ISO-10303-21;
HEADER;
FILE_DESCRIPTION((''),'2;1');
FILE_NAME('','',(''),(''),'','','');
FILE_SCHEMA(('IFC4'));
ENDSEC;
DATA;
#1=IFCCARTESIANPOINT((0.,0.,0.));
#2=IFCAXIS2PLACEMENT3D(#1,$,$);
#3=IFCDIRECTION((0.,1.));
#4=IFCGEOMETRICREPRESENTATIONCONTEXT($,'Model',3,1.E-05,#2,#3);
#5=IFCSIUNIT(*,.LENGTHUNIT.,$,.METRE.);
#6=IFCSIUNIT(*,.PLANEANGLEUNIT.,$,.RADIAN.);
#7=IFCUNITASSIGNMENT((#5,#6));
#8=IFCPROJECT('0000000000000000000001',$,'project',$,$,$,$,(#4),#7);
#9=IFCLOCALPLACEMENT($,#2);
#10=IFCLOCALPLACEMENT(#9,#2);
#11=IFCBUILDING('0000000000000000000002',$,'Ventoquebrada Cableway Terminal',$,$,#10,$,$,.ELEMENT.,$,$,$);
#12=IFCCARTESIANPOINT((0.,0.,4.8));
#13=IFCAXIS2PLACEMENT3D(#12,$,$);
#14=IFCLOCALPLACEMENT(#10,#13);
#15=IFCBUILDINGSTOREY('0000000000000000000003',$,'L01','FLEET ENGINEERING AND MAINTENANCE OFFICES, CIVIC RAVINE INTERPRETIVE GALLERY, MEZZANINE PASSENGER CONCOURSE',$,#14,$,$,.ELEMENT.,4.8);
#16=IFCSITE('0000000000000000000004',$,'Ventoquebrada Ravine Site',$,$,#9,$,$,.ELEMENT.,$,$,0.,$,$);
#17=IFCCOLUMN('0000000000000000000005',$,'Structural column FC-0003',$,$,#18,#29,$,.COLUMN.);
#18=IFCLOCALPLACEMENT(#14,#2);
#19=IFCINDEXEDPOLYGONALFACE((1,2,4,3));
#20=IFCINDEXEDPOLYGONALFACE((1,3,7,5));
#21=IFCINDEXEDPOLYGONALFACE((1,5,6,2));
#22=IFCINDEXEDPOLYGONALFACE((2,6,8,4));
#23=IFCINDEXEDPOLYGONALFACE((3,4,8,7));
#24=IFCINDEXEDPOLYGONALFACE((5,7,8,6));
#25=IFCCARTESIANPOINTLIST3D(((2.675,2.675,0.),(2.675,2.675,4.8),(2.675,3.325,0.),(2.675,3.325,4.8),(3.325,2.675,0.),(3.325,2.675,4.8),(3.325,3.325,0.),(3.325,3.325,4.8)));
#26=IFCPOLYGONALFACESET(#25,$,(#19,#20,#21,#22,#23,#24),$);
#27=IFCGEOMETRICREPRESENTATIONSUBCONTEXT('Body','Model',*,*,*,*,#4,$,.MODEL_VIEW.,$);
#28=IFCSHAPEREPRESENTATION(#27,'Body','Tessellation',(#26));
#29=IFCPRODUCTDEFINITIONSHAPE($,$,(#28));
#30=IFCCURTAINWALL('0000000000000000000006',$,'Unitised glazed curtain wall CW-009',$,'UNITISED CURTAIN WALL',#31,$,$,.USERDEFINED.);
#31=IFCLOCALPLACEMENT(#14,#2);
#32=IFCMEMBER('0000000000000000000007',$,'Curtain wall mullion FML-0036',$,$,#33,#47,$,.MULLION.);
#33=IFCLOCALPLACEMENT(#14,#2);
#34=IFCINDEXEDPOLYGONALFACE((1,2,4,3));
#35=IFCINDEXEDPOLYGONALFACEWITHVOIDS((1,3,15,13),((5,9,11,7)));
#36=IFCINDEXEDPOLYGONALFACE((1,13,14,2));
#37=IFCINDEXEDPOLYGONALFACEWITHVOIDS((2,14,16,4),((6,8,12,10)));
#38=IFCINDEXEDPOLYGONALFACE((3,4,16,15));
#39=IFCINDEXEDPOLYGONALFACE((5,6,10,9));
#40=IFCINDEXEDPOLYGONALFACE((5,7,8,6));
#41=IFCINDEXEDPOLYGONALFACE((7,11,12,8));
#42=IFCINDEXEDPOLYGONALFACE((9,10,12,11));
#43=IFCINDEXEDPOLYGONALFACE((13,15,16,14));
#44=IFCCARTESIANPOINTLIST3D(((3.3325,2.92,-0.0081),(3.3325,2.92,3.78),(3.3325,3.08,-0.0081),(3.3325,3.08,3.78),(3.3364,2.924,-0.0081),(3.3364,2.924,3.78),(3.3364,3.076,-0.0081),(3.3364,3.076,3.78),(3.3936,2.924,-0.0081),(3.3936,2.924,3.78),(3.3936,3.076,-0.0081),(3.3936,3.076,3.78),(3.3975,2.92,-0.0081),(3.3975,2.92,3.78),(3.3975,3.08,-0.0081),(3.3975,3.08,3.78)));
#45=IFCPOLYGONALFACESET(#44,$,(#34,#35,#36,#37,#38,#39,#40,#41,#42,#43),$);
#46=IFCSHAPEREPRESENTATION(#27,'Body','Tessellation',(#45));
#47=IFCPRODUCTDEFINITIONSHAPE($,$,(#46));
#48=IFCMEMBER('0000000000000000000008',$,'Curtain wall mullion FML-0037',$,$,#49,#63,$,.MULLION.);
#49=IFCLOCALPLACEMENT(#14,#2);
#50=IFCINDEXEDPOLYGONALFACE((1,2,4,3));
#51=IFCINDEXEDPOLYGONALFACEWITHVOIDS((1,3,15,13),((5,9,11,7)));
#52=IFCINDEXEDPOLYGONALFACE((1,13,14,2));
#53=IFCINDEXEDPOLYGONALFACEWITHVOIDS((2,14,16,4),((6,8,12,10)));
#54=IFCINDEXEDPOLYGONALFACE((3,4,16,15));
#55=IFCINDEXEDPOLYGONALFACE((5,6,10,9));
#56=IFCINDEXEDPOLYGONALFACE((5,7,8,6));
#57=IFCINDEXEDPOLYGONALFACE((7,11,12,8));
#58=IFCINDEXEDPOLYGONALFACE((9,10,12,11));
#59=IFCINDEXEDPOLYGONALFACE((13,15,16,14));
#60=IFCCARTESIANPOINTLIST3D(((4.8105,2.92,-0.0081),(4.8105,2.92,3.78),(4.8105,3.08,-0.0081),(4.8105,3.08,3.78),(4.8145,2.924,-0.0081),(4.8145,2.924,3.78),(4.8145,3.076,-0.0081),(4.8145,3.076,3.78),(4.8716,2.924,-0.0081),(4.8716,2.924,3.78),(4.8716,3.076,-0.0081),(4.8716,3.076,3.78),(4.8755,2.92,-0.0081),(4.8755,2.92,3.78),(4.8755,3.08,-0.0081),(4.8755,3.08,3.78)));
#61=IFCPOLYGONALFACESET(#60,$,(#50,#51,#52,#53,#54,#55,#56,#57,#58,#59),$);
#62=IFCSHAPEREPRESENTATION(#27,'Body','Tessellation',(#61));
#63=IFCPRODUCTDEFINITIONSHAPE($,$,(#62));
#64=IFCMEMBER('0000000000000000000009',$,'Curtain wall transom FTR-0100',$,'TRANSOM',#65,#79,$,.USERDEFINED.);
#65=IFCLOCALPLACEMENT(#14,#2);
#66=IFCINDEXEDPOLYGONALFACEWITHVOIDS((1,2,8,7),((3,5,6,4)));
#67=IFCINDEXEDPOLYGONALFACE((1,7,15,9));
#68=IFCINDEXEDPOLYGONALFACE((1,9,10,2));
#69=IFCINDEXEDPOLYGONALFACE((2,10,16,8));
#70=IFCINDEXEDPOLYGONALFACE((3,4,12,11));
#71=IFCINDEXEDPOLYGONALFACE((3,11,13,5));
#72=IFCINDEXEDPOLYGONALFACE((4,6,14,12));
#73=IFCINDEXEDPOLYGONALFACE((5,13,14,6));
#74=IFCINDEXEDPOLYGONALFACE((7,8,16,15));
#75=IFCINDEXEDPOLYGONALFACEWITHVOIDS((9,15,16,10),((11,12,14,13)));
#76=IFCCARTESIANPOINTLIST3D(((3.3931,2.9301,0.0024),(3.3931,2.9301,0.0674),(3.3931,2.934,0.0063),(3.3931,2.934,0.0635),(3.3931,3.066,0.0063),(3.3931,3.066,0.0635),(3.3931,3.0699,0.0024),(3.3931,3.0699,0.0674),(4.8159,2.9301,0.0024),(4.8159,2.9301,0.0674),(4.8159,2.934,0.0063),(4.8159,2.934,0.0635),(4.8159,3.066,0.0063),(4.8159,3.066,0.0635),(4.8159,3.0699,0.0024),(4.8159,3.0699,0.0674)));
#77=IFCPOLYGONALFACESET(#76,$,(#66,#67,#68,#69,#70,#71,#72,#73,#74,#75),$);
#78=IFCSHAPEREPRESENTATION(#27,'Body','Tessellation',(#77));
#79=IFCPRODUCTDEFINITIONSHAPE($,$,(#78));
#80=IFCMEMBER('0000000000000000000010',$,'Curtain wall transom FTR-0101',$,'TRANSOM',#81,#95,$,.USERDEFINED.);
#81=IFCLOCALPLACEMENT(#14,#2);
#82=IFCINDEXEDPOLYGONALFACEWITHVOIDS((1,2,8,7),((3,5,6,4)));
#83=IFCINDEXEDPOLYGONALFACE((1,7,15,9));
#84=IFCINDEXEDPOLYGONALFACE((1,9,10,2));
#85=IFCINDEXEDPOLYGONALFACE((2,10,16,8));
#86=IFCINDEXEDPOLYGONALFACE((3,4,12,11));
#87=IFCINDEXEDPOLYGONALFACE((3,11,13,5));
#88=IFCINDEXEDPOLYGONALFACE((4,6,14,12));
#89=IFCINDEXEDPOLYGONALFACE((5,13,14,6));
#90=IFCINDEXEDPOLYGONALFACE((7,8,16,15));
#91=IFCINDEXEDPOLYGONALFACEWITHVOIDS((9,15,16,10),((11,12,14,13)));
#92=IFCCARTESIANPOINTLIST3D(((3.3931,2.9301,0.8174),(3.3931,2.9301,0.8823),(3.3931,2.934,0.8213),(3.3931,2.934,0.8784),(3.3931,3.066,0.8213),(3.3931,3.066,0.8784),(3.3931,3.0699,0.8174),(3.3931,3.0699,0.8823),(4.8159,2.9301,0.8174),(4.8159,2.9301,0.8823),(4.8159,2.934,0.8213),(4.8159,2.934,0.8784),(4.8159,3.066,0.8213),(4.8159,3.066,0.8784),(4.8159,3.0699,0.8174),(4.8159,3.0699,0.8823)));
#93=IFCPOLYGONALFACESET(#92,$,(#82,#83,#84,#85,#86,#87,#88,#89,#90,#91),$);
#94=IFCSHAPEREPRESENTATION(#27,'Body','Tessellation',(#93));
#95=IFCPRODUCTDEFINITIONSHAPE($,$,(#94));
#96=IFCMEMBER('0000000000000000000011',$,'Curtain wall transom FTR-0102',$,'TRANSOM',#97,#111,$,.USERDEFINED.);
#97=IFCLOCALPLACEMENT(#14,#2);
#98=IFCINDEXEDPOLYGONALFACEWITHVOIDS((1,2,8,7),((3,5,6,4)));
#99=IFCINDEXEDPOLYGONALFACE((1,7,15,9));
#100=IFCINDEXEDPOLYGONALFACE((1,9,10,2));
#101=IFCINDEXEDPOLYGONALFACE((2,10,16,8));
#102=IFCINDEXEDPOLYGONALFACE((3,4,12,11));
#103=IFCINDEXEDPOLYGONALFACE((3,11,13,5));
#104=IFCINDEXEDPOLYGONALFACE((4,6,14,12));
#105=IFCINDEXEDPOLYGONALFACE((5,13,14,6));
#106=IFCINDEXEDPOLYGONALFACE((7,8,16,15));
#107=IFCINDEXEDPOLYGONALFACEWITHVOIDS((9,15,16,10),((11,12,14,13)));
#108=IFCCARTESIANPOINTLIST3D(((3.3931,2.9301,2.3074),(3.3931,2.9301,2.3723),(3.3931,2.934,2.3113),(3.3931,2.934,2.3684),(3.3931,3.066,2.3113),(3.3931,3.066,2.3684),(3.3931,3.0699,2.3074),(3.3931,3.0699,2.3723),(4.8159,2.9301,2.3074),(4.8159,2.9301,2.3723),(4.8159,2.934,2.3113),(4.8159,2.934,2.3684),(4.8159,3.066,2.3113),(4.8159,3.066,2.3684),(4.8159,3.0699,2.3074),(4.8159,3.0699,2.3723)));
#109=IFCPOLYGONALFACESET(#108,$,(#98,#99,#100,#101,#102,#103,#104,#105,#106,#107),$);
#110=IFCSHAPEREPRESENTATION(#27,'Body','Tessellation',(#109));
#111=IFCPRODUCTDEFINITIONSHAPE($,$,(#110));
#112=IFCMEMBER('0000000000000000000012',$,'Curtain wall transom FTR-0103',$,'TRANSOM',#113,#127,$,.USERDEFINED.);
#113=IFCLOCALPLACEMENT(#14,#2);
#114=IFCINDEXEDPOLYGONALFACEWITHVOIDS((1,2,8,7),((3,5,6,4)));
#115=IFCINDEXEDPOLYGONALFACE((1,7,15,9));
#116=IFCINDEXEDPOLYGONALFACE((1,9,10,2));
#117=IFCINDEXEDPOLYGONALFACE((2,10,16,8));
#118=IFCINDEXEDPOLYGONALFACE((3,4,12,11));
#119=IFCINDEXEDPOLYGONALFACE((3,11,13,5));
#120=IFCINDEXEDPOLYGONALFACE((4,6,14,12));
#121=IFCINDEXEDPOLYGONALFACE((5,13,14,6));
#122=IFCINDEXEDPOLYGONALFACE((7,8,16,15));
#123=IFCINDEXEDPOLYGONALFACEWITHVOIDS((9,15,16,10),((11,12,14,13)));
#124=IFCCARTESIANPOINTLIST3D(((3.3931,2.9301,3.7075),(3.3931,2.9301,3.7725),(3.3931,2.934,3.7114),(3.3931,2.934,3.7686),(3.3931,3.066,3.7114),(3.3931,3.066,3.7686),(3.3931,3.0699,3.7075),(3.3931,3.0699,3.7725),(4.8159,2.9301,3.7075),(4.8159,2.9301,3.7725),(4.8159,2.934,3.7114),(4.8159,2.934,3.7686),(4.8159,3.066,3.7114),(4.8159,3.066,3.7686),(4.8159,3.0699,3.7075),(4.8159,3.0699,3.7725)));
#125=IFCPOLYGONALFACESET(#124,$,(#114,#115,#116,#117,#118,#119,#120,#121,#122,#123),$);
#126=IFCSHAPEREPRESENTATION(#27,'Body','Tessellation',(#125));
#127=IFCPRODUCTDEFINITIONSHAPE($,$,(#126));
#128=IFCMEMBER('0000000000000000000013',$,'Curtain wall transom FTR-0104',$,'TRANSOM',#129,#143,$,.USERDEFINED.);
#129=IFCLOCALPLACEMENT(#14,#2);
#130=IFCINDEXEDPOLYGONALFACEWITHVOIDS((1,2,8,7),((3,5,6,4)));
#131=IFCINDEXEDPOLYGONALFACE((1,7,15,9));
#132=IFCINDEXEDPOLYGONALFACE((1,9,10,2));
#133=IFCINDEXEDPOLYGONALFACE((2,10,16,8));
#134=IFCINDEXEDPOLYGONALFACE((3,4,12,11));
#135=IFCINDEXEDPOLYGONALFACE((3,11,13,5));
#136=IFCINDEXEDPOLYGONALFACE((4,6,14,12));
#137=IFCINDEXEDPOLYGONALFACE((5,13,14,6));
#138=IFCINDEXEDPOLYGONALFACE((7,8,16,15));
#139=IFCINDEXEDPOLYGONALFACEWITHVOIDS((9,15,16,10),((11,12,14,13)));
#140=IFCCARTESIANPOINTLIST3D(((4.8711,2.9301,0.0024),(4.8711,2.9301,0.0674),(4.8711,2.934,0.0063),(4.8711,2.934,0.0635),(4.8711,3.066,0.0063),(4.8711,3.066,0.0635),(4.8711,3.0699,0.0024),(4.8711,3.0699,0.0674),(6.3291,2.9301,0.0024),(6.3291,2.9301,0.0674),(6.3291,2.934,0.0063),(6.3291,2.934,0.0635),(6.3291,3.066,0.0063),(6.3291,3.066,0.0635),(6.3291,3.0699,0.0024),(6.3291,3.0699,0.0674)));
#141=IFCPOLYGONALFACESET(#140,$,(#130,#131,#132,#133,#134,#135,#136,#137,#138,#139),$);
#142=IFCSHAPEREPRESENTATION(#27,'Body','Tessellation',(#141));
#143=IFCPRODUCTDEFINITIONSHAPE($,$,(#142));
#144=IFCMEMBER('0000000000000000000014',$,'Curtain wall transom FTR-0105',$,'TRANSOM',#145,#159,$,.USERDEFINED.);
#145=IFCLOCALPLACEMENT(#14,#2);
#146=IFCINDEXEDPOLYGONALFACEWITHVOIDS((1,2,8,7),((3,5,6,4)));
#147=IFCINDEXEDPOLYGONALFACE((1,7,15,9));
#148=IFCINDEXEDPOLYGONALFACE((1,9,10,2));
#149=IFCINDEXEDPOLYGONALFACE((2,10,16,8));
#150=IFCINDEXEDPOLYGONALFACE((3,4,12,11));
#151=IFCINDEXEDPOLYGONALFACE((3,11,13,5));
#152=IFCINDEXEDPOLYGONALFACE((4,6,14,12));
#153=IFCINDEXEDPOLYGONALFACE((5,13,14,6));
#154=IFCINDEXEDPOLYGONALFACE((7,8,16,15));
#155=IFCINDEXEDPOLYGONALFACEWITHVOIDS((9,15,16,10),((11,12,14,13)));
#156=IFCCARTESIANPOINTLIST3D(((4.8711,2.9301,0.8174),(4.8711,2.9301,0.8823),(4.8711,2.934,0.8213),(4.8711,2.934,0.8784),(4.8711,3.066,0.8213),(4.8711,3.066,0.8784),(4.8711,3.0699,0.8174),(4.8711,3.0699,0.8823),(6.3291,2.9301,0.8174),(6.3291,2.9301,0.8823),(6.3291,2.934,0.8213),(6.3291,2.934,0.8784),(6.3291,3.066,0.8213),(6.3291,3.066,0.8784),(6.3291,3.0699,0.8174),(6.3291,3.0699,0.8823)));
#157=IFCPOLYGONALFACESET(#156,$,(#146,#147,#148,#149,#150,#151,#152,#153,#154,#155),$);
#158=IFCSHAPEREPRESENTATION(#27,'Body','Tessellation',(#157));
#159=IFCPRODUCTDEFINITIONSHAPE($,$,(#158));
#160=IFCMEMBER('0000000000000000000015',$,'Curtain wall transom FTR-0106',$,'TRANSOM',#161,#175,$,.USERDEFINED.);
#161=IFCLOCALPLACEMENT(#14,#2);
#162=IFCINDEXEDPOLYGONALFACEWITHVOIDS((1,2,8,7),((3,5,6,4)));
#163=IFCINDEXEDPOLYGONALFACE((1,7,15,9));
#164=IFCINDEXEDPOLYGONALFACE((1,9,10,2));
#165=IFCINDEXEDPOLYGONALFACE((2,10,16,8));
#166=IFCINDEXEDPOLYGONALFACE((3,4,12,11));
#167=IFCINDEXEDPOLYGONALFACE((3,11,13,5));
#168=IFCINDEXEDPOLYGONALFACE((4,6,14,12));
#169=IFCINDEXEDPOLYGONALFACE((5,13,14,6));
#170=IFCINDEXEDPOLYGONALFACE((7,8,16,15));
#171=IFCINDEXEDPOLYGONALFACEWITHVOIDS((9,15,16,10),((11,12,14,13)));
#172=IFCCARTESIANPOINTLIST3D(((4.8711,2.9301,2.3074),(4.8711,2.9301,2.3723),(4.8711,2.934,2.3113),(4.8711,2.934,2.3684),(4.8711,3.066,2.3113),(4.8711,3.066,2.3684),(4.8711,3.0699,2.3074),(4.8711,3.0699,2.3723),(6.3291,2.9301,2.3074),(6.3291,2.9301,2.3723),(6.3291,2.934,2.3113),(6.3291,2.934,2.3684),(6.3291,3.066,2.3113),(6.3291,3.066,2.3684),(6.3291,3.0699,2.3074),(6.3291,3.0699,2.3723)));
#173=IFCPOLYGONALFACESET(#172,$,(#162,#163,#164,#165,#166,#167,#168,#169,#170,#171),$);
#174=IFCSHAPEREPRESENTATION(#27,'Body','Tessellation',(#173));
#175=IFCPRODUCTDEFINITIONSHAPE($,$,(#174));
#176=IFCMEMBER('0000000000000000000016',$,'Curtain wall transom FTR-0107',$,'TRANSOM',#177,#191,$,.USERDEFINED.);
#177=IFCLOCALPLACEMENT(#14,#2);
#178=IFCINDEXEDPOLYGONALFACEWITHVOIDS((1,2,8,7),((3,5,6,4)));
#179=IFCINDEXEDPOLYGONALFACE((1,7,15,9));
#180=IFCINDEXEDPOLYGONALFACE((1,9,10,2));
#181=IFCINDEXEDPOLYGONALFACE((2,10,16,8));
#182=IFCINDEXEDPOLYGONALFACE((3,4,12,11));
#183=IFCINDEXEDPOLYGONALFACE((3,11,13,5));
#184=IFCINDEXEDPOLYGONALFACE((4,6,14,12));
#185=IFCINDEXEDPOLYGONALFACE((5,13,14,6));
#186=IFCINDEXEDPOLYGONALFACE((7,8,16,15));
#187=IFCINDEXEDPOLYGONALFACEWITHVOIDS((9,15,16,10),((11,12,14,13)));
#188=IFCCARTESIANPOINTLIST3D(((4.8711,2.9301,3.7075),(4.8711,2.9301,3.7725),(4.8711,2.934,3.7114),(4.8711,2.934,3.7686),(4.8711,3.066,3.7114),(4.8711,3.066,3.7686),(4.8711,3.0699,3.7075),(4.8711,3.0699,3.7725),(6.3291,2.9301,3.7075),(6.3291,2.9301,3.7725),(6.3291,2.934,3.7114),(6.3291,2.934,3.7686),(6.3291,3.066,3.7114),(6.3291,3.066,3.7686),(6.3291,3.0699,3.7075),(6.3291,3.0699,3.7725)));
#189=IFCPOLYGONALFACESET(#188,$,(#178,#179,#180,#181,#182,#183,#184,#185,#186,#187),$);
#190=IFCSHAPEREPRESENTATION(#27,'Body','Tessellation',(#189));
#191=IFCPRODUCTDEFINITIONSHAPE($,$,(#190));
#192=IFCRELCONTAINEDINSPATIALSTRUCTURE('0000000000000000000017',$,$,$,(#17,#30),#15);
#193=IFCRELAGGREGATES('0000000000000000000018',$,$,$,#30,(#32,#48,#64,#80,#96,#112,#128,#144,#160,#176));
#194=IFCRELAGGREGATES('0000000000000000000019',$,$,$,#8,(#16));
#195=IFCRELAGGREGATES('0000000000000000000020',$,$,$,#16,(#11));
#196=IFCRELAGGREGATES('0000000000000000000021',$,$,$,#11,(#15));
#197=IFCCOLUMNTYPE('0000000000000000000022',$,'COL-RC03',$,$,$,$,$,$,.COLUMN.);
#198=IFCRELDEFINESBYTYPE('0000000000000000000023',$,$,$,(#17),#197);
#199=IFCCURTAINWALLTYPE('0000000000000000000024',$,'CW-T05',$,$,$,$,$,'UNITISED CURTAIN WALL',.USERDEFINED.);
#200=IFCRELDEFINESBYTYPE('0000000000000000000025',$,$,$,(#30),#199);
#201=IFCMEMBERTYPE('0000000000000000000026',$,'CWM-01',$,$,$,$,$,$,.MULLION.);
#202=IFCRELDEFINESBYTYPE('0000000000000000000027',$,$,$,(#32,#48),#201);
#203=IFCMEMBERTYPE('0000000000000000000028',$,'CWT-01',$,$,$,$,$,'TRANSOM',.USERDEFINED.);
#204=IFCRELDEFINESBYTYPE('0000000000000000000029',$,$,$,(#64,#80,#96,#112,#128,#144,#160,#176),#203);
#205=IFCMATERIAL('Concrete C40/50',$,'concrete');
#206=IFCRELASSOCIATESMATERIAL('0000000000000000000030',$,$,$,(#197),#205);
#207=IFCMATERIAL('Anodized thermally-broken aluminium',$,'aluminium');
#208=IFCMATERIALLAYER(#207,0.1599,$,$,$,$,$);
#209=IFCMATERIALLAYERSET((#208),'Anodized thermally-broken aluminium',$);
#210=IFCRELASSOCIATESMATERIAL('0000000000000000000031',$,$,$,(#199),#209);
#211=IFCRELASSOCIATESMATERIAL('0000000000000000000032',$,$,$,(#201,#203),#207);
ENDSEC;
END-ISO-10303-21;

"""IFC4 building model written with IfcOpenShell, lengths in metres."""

from ifc_helpers import new_model, si_unit, direction, frame, origin, origin_2d, place, context, subcontext, project, spatial, rectangle, hollow_rectangle, extrude, material, layer, layer_set, material_profile, profile_set, type_object, element, aggregate, save


model = new_model("IFC4")

# Units and contexts
model_context = context("Model", 3, precision=1e-05, world=origin(), true_north=direction((0.0, 1.0)))
body_context = subcontext(model_context, "Body", "Model", "MODEL_VIEW")
ifc_project = project(units=[si_unit("LENGTHUNIT", "METRE"), si_unit("PLANEANGLEUNIT", "RADIAN")], contexts=[model_context])

# Site, building, storey
site_placement = place(None, origin())
site = spatial("IfcSite", under=ifc_project, at=site_placement, Name="Ventoquebrada Ravine Site", CompositionType="ELEMENT", RefElevation=0.0)
building_placement = place(site_placement, origin())
building = spatial("IfcBuilding", under=site, at=building_placement, Name="Ventoquebrada Cableway Terminal", CompositionType="ELEMENT")
storey_placement = place(building_placement, frame((0.0, 0.0, 4.8)))
storey = spatial("IfcBuildingStorey", under=building, at=storey_placement, Name="L01", Description="FLEET ENGINEERING AND MAINTENANCE OFFICES, CIVIC RAVINE INTERPRETIVE GALLERY, MEZZANINE PASSENGER CONCOURSE", CompositionType="ELEMENT", Elevation=4.8)

# Column
ifc_material_1 = material(Name="Concrete C40/50", Category="concrete")
ifc_material_profile_1 = material_profile(ifc_material_1, rectangle(XDim=0.6499, YDim=0.6499, at=origin_2d()), Name="RC-COL-650X650")
ifc_profile_set_1 = profile_set([ifc_material_profile_1], Name="Concrete C40/50")
column_type = type_object("IfcColumnType", Name="COL-RC03", PredefinedType="COLUMN", material=ifc_profile_set_1)
column_placement = place(storey_placement, frame((3.0, 3.0, 0.0), z_axis=(0.0, 0.0, 1.0), x_axis=(1.0, 0.0, 0.0)))
element("IfcColumn", 1, at=column_placement, inside=storey, type_object=column_type, Name="Structural column FC-0003", PredefinedType="COLUMN", context=body_context, shape_type="SweptSolid", body=[
    extrude(rectangle(XDim=0.6499, YDim=0.6499, at=origin_2d()), origin(), (0.0, 0.0, 1.0), 4.8),
])

# Curtain wall, members
ifc_material_2 = material(Name="Anodized thermally-broken aluminium", Category="aluminium")
ifc_layer_1 = layer(ifc_material_2, 0.1599)
ifc_layer_set_1 = layer_set([ifc_layer_1], Name="Anodized thermally-broken aluminium")
curtain_wall_type = type_object("IfcCurtainWallType", Name="CW-T05", ElementType="UNITISED CURTAIN WALL", PredefinedType="USERDEFINED", material=ifc_layer_set_1)
curtain_wall_placement = place(storey_placement, origin())
curtain_wall = element("IfcCurtainWall", 2, at=curtain_wall_placement, inside=storey, type_object=curtain_wall_type, Name="Unitised glazed curtain wall CW-009", ObjectType="UNITISED CURTAIN WALL", PredefinedType="USERDEFINED")
ifc_material_profile_2 = material_profile(ifc_material_2, hollow_rectangle(XDim=0.0649, YDim=0.1599, WallThickness=0.0039, at=origin_2d()), Name="CW-MUL-65X160")
ifc_profile_set_2 = profile_set([ifc_material_profile_2], Name="Anodized thermally-broken aluminium")
member_type_1 = type_object("IfcMemberType", Name="CWM-01", PredefinedType="MULLION", material=ifc_profile_set_2)
member_1_placement = place(storey_placement, frame((3.365, 3.0, -0.0081), z_axis=(0.0, 0.0, 1.0), x_axis=(1.0, 0.0, 0.0)))
member_1 = element("IfcMember", 3, at=member_1_placement, type_object=member_type_1, Name="Curtain wall mullion FML-0036", PredefinedType="MULLION", context=body_context, shape_type="SweptSolid", body=[
    extrude(hollow_rectangle(XDim=0.0649, YDim=0.1599, WallThickness=0.0039, at=origin_2d()), origin(), (0.0, 0.0, 1.0), 3.7881),
])
member_2_placement = place(storey_placement, frame((4.843, 3.0, -0.0081), z_axis=(0.0, 0.0, 1.0), x_axis=(1.0, 0.0, 0.0)))
member_2 = element("IfcMember", 4, at=member_2_placement, type_object=member_type_1, Name="Curtain wall mullion FML-0037", PredefinedType="MULLION", context=body_context, shape_type="SweptSolid", body=[
    extrude(hollow_rectangle(XDim=0.0649, YDim=0.1599, WallThickness=0.0039, at=origin_2d()), origin(), (0.0, 0.0, 1.0), 3.7881),
])
ifc_material_profile_3 = material_profile(ifc_material_2, hollow_rectangle(XDim=0.0649, YDim=0.1399, WallThickness=0.0039, at=origin_2d()), Name="CW-TRN-65X140")
ifc_profile_set_3 = profile_set([ifc_material_profile_3], Name="Anodized thermally-broken aluminium")
member_type_2 = type_object("IfcMemberType", Name="CWT-01", ElementType="TRANSOM", PredefinedType="USERDEFINED", material=ifc_profile_set_3)
member_3_placement = place(storey_placement, frame((3.3931, 3.0, 0.0349), z_axis=(1.0, 0.0, 0.0), x_axis=(0.0, 0.0, 1.0)))
member_3 = element("IfcMember", 5, at=member_3_placement, type_object=member_type_2, Name="Curtain wall transom FTR-0100", ObjectType="TRANSOM", PredefinedType="USERDEFINED", context=body_context, shape_type="SweptSolid", body=[
    extrude(hollow_rectangle(XDim=0.0649, YDim=0.1399, WallThickness=0.0039, at=origin_2d()), origin(), (0.0, 0.0, 1.0), 1.4229),
])
member_4_placement = place(storey_placement, frame((3.3931, 3.0, 0.8499), z_axis=(1.0, 0.0, 0.0), x_axis=(0.0, 0.0, 1.0)))
member_4 = element("IfcMember", 6, at=member_4_placement, type_object=member_type_2, Name="Curtain wall transom FTR-0101", ObjectType="TRANSOM", PredefinedType="USERDEFINED", context=body_context, shape_type="SweptSolid", body=[
    extrude(hollow_rectangle(XDim=0.0649, YDim=0.1399, WallThickness=0.0039, at=origin_2d()), origin(), (0.0, 0.0, 1.0), 1.4229),
])
member_5_placement = place(storey_placement, frame((3.3931, 3.0, 2.3398), z_axis=(1.0, 0.0, 0.0), x_axis=(0.0, 0.0, 1.0)))
member_5 = element("IfcMember", 7, at=member_5_placement, type_object=member_type_2, Name="Curtain wall transom FTR-0102", ObjectType="TRANSOM", PredefinedType="USERDEFINED", context=body_context, shape_type="SweptSolid", body=[
    extrude(hollow_rectangle(XDim=0.0649, YDim=0.1399, WallThickness=0.0039, at=origin_2d()), origin(), (0.0, 0.0, 1.0), 1.4229),
])
member_6_placement = place(storey_placement, frame((3.3931, 3.0, 3.74), z_axis=(1.0, 0.0, 0.0), x_axis=(0.0, 0.0, 1.0)))
member_6 = element("IfcMember", 8, at=member_6_placement, type_object=member_type_2, Name="Curtain wall transom FTR-0103", ObjectType="TRANSOM", PredefinedType="USERDEFINED", context=body_context, shape_type="SweptSolid", body=[
    extrude(hollow_rectangle(XDim=0.0649, YDim=0.1399, WallThickness=0.0039, at=origin_2d()), origin(), (0.0, 0.0, 1.0), 1.4229),
])
member_7_placement = place(storey_placement, frame((4.8711, 3.0, 0.0349), z_axis=(1.0, 0.0, 0.0), x_axis=(0.0, 0.0, 1.0)))
member_7 = element("IfcMember", 9, at=member_7_placement, type_object=member_type_2, Name="Curtain wall transom FTR-0104", ObjectType="TRANSOM", PredefinedType="USERDEFINED", context=body_context, shape_type="SweptSolid", body=[
    extrude(hollow_rectangle(XDim=0.0649, YDim=0.1399, WallThickness=0.0039, at=origin_2d()), origin(), (0.0, 0.0, 1.0), 1.458),
])
member_8_placement = place(storey_placement, frame((4.8711, 3.0, 0.8499), z_axis=(1.0, 0.0, 0.0), x_axis=(0.0, 0.0, 1.0)))
member_8 = element("IfcMember", 10, at=member_8_placement, type_object=member_type_2, Name="Curtain wall transom FTR-0105", ObjectType="TRANSOM", PredefinedType="USERDEFINED", context=body_context, shape_type="SweptSolid", body=[
    extrude(hollow_rectangle(XDim=0.0649, YDim=0.1399, WallThickness=0.0039, at=origin_2d()), origin(), (0.0, 0.0, 1.0), 1.458),
])
member_9_placement = place(storey_placement, frame((4.8711, 3.0, 2.3398), z_axis=(1.0, 0.0, 0.0), x_axis=(0.0, 0.0, 1.0)))
member_9 = element("IfcMember", 11, at=member_9_placement, type_object=member_type_2, Name="Curtain wall transom FTR-0106", ObjectType="TRANSOM", PredefinedType="USERDEFINED", context=body_context, shape_type="SweptSolid", body=[
    extrude(hollow_rectangle(XDim=0.0649, YDim=0.1399, WallThickness=0.0039, at=origin_2d()), origin(), (0.0, 0.0, 1.0), 1.458),
])
member_10_placement = place(storey_placement, frame((4.8711, 3.0, 3.74), z_axis=(1.0, 0.0, 0.0), x_axis=(0.0, 0.0, 1.0)))
member_10 = element("IfcMember", 12, at=member_10_placement, type_object=member_type_2, Name="Curtain wall transom FTR-0107", ObjectType="TRANSOM", PredefinedType="USERDEFINED", context=body_context, shape_type="SweptSolid", body=[
    extrude(hollow_rectangle(XDim=0.0649, YDim=0.1399, WallThickness=0.0039, at=origin_2d()), origin(), (0.0, 0.0, 1.0), 1.458),
])

aggregate(curtain_wall, [member_1, member_2, member_3, member_4, member_5, member_6, member_7, member_8, member_9, member_10])

save(model, "model.ifc")
